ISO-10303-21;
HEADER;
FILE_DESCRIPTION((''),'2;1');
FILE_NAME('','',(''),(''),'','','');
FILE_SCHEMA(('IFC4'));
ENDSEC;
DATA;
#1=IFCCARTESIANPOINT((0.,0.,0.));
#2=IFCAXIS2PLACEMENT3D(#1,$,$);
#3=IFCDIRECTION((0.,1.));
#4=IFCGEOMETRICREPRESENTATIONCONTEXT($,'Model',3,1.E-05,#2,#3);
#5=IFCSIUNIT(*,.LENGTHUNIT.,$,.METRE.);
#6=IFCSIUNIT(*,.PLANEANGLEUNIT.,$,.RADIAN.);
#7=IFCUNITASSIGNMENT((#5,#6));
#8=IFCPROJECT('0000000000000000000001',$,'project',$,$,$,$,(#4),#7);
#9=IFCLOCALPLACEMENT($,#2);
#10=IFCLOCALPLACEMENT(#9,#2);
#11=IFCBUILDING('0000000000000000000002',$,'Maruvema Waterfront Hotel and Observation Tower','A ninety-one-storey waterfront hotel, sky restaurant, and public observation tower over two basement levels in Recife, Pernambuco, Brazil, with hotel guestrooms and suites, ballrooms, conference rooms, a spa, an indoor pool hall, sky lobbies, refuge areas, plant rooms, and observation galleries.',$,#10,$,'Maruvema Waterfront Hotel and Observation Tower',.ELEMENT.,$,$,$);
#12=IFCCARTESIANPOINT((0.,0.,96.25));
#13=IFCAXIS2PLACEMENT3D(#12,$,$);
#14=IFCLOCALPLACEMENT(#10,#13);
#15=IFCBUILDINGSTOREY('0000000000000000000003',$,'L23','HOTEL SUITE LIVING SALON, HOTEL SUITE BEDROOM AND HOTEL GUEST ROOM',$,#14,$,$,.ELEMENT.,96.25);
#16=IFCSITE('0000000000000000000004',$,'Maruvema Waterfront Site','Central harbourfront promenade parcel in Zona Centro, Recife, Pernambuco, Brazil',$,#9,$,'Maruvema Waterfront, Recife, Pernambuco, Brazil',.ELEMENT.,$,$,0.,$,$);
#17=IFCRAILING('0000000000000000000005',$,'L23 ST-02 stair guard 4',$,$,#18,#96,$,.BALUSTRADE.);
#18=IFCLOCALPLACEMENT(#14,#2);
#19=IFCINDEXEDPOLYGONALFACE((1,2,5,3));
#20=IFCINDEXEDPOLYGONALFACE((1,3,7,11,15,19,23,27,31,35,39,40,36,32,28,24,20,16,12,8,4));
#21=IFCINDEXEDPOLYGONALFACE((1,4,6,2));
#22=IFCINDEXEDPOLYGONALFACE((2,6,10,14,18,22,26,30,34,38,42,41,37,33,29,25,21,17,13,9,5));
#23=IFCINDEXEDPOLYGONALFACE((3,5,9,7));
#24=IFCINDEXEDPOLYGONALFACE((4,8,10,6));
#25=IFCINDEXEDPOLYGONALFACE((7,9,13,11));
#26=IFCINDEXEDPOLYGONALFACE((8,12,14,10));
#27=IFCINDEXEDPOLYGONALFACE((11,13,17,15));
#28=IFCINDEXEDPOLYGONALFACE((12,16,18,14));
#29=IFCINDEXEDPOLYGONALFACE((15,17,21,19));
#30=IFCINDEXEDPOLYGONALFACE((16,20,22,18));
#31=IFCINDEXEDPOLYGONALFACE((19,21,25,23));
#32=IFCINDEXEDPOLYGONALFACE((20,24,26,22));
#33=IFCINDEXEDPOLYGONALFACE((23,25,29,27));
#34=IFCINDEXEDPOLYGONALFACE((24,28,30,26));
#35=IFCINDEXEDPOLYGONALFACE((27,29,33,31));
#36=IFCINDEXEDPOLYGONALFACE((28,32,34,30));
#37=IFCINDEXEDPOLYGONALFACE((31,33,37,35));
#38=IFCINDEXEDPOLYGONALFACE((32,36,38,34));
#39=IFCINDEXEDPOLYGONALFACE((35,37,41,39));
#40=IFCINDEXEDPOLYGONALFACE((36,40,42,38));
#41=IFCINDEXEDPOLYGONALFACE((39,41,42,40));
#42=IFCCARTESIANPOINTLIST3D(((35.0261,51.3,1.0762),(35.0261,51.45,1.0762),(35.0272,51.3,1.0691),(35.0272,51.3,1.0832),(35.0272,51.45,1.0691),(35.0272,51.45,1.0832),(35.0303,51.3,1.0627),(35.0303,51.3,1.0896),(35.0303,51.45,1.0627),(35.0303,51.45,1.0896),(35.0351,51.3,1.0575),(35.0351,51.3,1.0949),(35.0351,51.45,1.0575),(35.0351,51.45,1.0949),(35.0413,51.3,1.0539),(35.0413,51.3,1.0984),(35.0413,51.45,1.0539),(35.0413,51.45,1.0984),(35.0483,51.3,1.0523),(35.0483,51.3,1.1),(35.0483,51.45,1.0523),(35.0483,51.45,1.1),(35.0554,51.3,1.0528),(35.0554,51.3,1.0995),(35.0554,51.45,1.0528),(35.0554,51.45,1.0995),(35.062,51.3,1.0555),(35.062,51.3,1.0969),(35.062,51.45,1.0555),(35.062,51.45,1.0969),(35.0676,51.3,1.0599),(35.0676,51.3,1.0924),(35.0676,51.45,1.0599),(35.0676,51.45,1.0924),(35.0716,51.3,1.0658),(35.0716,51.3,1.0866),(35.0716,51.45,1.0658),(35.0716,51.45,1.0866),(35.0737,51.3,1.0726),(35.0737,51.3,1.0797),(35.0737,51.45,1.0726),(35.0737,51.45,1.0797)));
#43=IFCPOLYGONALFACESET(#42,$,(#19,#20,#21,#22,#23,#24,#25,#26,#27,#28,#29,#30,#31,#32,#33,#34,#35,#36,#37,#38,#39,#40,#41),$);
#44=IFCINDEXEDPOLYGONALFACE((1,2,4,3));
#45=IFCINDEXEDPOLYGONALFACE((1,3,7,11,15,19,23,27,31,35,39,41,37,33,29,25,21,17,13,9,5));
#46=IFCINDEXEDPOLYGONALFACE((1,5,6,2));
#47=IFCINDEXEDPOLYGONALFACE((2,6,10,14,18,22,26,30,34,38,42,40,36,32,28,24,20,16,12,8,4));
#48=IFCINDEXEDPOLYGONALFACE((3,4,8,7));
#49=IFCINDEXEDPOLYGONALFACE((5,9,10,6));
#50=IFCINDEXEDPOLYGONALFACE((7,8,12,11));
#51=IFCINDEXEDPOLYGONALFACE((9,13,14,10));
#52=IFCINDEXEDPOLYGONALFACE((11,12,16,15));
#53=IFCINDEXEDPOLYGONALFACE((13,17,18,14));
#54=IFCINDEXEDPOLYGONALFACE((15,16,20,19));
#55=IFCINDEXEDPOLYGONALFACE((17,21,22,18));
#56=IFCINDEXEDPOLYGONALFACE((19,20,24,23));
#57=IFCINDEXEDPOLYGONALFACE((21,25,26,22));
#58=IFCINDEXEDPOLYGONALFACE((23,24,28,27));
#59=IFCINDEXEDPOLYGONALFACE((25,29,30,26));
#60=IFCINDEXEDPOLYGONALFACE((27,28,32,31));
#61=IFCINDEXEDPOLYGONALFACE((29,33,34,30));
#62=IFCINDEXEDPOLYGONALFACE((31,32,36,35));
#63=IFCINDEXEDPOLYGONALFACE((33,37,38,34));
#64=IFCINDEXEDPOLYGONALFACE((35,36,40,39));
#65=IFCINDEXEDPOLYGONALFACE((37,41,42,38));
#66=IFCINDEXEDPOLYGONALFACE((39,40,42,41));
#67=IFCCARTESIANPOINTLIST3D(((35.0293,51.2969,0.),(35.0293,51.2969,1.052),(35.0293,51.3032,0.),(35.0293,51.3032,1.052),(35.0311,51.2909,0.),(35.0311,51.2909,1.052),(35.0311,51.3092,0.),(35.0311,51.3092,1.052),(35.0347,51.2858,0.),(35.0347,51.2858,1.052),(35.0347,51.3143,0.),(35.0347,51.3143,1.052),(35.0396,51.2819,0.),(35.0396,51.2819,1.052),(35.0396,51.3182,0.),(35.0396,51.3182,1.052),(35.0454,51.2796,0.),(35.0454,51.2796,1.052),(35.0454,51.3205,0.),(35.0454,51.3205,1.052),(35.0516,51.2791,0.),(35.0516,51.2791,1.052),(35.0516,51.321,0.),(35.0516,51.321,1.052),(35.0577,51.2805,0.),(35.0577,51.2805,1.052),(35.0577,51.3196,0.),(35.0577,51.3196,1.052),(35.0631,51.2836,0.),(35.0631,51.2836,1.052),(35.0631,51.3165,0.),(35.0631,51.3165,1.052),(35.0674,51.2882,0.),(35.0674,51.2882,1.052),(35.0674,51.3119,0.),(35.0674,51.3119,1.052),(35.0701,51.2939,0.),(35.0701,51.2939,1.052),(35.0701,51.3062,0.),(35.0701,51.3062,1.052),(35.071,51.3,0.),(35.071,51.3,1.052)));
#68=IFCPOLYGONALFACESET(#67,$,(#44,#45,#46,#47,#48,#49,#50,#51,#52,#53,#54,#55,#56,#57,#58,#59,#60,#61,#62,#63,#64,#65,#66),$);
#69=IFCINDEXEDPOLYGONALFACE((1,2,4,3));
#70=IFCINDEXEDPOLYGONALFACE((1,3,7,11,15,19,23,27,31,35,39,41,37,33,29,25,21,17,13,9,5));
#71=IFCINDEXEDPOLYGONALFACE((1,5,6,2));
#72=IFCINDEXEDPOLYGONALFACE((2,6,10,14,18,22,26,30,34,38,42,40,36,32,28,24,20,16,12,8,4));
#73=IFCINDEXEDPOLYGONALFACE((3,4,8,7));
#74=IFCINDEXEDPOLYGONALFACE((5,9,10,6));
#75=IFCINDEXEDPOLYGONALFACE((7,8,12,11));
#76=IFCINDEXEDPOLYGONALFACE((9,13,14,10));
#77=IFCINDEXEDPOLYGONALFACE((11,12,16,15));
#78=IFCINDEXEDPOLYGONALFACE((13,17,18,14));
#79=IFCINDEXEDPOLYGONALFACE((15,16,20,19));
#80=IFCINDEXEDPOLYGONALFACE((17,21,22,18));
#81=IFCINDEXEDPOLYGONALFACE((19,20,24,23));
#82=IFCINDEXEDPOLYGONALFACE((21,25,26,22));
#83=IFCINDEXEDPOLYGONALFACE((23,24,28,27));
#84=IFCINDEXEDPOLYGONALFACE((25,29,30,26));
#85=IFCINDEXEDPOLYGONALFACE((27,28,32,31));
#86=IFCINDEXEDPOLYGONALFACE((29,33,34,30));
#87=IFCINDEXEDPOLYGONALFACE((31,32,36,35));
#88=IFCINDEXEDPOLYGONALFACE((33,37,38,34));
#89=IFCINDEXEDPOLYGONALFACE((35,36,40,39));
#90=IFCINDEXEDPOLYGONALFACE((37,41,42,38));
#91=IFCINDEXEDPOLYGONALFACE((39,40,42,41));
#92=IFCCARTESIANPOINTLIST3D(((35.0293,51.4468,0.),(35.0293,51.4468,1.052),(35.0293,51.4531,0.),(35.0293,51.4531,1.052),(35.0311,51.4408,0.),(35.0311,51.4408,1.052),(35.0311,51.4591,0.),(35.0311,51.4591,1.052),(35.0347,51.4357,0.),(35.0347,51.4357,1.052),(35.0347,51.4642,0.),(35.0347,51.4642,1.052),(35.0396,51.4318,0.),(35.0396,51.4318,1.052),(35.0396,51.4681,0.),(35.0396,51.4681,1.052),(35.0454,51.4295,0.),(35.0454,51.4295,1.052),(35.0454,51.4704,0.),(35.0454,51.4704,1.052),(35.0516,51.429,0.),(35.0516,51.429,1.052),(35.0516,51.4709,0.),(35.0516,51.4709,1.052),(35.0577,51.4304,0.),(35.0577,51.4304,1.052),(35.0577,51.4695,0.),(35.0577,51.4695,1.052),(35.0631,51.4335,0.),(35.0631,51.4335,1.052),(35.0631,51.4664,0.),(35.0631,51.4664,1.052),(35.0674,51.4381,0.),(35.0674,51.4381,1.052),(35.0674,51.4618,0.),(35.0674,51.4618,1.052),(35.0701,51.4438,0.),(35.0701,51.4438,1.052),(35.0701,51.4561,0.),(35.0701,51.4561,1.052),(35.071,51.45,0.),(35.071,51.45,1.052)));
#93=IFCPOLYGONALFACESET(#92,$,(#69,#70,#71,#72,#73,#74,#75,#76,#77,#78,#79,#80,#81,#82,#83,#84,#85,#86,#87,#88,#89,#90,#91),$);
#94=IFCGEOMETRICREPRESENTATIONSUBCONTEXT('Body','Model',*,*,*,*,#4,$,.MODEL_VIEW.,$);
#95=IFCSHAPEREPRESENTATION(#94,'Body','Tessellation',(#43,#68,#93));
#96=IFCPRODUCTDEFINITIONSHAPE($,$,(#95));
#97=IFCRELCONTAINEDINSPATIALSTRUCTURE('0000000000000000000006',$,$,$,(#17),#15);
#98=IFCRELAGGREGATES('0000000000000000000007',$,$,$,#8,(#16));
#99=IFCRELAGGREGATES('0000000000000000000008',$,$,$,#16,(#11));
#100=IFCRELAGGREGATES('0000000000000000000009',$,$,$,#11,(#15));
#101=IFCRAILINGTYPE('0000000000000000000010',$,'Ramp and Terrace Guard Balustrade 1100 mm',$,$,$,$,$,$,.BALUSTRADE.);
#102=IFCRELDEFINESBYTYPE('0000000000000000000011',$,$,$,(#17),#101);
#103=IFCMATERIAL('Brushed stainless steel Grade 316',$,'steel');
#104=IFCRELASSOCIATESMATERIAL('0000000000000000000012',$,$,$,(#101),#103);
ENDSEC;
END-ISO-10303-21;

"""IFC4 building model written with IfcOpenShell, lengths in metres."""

from ifc_helpers import new_model, si_unit, direction, frame, origin, origin_2d, place, context, subcontext, project, spatial, circle, extrude, material, type_object, element, save


model = new_model("IFC4")

# Units and contexts
model_context = context("Model", 3, precision=1e-05, world=origin(), true_north=direction((0.0, 1.0)))
body_context = subcontext(model_context, "Body", "Model", "MODEL_VIEW")
ifc_project = project(units=[si_unit("LENGTHUNIT", "METRE"), si_unit("PLANEANGLEUNIT", "RADIAN")], contexts=[model_context])

# Site, building, storey
site_placement = place(None, origin())
site = spatial("IfcSite", under=ifc_project, at=site_placement, Name="Maruvema Waterfront Site", Description="Central harbourfront promenade parcel in Zona Centro, Recife, Pernambuco, Brazil", LongName="Maruvema Waterfront, Recife, Pernambuco, Brazil", CompositionType="ELEMENT", RefElevation=0.0)
building_placement = place(site_placement, origin())
building = spatial("IfcBuilding", under=site, at=building_placement, Name="Maruvema Waterfront Hotel and Observation Tower", Description="A ninety-one-storey waterfront hotel, sky restaurant, and public observation tower over two basement levels in Recife, Pernambuco, Brazil, with hotel guestrooms and suites, ballrooms, conference rooms, a spa, an indoor pool hall, sky lobbies, refuge areas, plant rooms, and observation galleries.", LongName="Maruvema Waterfront Hotel and Observation Tower", CompositionType="ELEMENT")
storey_placement = place(building_placement, frame((0.0, 0.0, 96.25)))
storey = spatial("IfcBuildingStorey", under=building, at=storey_placement, Name="L23", Description="HOTEL SUITE LIVING SALON, HOTEL SUITE BEDROOM AND HOTEL GUEST ROOM", CompositionType="ELEMENT", Elevation=96.25)

# Railing
ifc_material_1 = material(Name="Brushed stainless steel Grade 316", Category="steel")
railing_type_1 = type_object("IfcRailingType", Name="Ramp and Terrace Guard Balustrade 1100 mm", PredefinedType="BALUSTRADE", material=ifc_material_1)
railing_1_placement = place(storey_placement, frame((35.05, 51.3, 0.0)))
element("IfcRailing", 1, at=railing_1_placement, inside=storey, type_object=railing_type_1, Name="L23 ST-02 stair guard 4", PredefinedType="BALUSTRADE", context=body_context, shape_type="SweptSolid", body=[
    extrude(circle(Radius=0.0239, at=origin_2d()), frame((0.0, 0.0, 1.0762), z_axis=(0.0, 1.0, 0.0), x_axis=(-1.0, 0.0, 0.0)), (0.0, 0.0, 1.0), 0.1499),
    extrude(circle(Radius=0.021, at=origin_2d()), origin(), (0.0, 0.0, 1.0), 1.052),
    extrude(circle(Radius=0.021, at=origin_2d()), frame((0.0, 0.1499, 0.0)), (0.0, 0.0, 1.0), 1.052),
])

save(model, "model.ifc")
